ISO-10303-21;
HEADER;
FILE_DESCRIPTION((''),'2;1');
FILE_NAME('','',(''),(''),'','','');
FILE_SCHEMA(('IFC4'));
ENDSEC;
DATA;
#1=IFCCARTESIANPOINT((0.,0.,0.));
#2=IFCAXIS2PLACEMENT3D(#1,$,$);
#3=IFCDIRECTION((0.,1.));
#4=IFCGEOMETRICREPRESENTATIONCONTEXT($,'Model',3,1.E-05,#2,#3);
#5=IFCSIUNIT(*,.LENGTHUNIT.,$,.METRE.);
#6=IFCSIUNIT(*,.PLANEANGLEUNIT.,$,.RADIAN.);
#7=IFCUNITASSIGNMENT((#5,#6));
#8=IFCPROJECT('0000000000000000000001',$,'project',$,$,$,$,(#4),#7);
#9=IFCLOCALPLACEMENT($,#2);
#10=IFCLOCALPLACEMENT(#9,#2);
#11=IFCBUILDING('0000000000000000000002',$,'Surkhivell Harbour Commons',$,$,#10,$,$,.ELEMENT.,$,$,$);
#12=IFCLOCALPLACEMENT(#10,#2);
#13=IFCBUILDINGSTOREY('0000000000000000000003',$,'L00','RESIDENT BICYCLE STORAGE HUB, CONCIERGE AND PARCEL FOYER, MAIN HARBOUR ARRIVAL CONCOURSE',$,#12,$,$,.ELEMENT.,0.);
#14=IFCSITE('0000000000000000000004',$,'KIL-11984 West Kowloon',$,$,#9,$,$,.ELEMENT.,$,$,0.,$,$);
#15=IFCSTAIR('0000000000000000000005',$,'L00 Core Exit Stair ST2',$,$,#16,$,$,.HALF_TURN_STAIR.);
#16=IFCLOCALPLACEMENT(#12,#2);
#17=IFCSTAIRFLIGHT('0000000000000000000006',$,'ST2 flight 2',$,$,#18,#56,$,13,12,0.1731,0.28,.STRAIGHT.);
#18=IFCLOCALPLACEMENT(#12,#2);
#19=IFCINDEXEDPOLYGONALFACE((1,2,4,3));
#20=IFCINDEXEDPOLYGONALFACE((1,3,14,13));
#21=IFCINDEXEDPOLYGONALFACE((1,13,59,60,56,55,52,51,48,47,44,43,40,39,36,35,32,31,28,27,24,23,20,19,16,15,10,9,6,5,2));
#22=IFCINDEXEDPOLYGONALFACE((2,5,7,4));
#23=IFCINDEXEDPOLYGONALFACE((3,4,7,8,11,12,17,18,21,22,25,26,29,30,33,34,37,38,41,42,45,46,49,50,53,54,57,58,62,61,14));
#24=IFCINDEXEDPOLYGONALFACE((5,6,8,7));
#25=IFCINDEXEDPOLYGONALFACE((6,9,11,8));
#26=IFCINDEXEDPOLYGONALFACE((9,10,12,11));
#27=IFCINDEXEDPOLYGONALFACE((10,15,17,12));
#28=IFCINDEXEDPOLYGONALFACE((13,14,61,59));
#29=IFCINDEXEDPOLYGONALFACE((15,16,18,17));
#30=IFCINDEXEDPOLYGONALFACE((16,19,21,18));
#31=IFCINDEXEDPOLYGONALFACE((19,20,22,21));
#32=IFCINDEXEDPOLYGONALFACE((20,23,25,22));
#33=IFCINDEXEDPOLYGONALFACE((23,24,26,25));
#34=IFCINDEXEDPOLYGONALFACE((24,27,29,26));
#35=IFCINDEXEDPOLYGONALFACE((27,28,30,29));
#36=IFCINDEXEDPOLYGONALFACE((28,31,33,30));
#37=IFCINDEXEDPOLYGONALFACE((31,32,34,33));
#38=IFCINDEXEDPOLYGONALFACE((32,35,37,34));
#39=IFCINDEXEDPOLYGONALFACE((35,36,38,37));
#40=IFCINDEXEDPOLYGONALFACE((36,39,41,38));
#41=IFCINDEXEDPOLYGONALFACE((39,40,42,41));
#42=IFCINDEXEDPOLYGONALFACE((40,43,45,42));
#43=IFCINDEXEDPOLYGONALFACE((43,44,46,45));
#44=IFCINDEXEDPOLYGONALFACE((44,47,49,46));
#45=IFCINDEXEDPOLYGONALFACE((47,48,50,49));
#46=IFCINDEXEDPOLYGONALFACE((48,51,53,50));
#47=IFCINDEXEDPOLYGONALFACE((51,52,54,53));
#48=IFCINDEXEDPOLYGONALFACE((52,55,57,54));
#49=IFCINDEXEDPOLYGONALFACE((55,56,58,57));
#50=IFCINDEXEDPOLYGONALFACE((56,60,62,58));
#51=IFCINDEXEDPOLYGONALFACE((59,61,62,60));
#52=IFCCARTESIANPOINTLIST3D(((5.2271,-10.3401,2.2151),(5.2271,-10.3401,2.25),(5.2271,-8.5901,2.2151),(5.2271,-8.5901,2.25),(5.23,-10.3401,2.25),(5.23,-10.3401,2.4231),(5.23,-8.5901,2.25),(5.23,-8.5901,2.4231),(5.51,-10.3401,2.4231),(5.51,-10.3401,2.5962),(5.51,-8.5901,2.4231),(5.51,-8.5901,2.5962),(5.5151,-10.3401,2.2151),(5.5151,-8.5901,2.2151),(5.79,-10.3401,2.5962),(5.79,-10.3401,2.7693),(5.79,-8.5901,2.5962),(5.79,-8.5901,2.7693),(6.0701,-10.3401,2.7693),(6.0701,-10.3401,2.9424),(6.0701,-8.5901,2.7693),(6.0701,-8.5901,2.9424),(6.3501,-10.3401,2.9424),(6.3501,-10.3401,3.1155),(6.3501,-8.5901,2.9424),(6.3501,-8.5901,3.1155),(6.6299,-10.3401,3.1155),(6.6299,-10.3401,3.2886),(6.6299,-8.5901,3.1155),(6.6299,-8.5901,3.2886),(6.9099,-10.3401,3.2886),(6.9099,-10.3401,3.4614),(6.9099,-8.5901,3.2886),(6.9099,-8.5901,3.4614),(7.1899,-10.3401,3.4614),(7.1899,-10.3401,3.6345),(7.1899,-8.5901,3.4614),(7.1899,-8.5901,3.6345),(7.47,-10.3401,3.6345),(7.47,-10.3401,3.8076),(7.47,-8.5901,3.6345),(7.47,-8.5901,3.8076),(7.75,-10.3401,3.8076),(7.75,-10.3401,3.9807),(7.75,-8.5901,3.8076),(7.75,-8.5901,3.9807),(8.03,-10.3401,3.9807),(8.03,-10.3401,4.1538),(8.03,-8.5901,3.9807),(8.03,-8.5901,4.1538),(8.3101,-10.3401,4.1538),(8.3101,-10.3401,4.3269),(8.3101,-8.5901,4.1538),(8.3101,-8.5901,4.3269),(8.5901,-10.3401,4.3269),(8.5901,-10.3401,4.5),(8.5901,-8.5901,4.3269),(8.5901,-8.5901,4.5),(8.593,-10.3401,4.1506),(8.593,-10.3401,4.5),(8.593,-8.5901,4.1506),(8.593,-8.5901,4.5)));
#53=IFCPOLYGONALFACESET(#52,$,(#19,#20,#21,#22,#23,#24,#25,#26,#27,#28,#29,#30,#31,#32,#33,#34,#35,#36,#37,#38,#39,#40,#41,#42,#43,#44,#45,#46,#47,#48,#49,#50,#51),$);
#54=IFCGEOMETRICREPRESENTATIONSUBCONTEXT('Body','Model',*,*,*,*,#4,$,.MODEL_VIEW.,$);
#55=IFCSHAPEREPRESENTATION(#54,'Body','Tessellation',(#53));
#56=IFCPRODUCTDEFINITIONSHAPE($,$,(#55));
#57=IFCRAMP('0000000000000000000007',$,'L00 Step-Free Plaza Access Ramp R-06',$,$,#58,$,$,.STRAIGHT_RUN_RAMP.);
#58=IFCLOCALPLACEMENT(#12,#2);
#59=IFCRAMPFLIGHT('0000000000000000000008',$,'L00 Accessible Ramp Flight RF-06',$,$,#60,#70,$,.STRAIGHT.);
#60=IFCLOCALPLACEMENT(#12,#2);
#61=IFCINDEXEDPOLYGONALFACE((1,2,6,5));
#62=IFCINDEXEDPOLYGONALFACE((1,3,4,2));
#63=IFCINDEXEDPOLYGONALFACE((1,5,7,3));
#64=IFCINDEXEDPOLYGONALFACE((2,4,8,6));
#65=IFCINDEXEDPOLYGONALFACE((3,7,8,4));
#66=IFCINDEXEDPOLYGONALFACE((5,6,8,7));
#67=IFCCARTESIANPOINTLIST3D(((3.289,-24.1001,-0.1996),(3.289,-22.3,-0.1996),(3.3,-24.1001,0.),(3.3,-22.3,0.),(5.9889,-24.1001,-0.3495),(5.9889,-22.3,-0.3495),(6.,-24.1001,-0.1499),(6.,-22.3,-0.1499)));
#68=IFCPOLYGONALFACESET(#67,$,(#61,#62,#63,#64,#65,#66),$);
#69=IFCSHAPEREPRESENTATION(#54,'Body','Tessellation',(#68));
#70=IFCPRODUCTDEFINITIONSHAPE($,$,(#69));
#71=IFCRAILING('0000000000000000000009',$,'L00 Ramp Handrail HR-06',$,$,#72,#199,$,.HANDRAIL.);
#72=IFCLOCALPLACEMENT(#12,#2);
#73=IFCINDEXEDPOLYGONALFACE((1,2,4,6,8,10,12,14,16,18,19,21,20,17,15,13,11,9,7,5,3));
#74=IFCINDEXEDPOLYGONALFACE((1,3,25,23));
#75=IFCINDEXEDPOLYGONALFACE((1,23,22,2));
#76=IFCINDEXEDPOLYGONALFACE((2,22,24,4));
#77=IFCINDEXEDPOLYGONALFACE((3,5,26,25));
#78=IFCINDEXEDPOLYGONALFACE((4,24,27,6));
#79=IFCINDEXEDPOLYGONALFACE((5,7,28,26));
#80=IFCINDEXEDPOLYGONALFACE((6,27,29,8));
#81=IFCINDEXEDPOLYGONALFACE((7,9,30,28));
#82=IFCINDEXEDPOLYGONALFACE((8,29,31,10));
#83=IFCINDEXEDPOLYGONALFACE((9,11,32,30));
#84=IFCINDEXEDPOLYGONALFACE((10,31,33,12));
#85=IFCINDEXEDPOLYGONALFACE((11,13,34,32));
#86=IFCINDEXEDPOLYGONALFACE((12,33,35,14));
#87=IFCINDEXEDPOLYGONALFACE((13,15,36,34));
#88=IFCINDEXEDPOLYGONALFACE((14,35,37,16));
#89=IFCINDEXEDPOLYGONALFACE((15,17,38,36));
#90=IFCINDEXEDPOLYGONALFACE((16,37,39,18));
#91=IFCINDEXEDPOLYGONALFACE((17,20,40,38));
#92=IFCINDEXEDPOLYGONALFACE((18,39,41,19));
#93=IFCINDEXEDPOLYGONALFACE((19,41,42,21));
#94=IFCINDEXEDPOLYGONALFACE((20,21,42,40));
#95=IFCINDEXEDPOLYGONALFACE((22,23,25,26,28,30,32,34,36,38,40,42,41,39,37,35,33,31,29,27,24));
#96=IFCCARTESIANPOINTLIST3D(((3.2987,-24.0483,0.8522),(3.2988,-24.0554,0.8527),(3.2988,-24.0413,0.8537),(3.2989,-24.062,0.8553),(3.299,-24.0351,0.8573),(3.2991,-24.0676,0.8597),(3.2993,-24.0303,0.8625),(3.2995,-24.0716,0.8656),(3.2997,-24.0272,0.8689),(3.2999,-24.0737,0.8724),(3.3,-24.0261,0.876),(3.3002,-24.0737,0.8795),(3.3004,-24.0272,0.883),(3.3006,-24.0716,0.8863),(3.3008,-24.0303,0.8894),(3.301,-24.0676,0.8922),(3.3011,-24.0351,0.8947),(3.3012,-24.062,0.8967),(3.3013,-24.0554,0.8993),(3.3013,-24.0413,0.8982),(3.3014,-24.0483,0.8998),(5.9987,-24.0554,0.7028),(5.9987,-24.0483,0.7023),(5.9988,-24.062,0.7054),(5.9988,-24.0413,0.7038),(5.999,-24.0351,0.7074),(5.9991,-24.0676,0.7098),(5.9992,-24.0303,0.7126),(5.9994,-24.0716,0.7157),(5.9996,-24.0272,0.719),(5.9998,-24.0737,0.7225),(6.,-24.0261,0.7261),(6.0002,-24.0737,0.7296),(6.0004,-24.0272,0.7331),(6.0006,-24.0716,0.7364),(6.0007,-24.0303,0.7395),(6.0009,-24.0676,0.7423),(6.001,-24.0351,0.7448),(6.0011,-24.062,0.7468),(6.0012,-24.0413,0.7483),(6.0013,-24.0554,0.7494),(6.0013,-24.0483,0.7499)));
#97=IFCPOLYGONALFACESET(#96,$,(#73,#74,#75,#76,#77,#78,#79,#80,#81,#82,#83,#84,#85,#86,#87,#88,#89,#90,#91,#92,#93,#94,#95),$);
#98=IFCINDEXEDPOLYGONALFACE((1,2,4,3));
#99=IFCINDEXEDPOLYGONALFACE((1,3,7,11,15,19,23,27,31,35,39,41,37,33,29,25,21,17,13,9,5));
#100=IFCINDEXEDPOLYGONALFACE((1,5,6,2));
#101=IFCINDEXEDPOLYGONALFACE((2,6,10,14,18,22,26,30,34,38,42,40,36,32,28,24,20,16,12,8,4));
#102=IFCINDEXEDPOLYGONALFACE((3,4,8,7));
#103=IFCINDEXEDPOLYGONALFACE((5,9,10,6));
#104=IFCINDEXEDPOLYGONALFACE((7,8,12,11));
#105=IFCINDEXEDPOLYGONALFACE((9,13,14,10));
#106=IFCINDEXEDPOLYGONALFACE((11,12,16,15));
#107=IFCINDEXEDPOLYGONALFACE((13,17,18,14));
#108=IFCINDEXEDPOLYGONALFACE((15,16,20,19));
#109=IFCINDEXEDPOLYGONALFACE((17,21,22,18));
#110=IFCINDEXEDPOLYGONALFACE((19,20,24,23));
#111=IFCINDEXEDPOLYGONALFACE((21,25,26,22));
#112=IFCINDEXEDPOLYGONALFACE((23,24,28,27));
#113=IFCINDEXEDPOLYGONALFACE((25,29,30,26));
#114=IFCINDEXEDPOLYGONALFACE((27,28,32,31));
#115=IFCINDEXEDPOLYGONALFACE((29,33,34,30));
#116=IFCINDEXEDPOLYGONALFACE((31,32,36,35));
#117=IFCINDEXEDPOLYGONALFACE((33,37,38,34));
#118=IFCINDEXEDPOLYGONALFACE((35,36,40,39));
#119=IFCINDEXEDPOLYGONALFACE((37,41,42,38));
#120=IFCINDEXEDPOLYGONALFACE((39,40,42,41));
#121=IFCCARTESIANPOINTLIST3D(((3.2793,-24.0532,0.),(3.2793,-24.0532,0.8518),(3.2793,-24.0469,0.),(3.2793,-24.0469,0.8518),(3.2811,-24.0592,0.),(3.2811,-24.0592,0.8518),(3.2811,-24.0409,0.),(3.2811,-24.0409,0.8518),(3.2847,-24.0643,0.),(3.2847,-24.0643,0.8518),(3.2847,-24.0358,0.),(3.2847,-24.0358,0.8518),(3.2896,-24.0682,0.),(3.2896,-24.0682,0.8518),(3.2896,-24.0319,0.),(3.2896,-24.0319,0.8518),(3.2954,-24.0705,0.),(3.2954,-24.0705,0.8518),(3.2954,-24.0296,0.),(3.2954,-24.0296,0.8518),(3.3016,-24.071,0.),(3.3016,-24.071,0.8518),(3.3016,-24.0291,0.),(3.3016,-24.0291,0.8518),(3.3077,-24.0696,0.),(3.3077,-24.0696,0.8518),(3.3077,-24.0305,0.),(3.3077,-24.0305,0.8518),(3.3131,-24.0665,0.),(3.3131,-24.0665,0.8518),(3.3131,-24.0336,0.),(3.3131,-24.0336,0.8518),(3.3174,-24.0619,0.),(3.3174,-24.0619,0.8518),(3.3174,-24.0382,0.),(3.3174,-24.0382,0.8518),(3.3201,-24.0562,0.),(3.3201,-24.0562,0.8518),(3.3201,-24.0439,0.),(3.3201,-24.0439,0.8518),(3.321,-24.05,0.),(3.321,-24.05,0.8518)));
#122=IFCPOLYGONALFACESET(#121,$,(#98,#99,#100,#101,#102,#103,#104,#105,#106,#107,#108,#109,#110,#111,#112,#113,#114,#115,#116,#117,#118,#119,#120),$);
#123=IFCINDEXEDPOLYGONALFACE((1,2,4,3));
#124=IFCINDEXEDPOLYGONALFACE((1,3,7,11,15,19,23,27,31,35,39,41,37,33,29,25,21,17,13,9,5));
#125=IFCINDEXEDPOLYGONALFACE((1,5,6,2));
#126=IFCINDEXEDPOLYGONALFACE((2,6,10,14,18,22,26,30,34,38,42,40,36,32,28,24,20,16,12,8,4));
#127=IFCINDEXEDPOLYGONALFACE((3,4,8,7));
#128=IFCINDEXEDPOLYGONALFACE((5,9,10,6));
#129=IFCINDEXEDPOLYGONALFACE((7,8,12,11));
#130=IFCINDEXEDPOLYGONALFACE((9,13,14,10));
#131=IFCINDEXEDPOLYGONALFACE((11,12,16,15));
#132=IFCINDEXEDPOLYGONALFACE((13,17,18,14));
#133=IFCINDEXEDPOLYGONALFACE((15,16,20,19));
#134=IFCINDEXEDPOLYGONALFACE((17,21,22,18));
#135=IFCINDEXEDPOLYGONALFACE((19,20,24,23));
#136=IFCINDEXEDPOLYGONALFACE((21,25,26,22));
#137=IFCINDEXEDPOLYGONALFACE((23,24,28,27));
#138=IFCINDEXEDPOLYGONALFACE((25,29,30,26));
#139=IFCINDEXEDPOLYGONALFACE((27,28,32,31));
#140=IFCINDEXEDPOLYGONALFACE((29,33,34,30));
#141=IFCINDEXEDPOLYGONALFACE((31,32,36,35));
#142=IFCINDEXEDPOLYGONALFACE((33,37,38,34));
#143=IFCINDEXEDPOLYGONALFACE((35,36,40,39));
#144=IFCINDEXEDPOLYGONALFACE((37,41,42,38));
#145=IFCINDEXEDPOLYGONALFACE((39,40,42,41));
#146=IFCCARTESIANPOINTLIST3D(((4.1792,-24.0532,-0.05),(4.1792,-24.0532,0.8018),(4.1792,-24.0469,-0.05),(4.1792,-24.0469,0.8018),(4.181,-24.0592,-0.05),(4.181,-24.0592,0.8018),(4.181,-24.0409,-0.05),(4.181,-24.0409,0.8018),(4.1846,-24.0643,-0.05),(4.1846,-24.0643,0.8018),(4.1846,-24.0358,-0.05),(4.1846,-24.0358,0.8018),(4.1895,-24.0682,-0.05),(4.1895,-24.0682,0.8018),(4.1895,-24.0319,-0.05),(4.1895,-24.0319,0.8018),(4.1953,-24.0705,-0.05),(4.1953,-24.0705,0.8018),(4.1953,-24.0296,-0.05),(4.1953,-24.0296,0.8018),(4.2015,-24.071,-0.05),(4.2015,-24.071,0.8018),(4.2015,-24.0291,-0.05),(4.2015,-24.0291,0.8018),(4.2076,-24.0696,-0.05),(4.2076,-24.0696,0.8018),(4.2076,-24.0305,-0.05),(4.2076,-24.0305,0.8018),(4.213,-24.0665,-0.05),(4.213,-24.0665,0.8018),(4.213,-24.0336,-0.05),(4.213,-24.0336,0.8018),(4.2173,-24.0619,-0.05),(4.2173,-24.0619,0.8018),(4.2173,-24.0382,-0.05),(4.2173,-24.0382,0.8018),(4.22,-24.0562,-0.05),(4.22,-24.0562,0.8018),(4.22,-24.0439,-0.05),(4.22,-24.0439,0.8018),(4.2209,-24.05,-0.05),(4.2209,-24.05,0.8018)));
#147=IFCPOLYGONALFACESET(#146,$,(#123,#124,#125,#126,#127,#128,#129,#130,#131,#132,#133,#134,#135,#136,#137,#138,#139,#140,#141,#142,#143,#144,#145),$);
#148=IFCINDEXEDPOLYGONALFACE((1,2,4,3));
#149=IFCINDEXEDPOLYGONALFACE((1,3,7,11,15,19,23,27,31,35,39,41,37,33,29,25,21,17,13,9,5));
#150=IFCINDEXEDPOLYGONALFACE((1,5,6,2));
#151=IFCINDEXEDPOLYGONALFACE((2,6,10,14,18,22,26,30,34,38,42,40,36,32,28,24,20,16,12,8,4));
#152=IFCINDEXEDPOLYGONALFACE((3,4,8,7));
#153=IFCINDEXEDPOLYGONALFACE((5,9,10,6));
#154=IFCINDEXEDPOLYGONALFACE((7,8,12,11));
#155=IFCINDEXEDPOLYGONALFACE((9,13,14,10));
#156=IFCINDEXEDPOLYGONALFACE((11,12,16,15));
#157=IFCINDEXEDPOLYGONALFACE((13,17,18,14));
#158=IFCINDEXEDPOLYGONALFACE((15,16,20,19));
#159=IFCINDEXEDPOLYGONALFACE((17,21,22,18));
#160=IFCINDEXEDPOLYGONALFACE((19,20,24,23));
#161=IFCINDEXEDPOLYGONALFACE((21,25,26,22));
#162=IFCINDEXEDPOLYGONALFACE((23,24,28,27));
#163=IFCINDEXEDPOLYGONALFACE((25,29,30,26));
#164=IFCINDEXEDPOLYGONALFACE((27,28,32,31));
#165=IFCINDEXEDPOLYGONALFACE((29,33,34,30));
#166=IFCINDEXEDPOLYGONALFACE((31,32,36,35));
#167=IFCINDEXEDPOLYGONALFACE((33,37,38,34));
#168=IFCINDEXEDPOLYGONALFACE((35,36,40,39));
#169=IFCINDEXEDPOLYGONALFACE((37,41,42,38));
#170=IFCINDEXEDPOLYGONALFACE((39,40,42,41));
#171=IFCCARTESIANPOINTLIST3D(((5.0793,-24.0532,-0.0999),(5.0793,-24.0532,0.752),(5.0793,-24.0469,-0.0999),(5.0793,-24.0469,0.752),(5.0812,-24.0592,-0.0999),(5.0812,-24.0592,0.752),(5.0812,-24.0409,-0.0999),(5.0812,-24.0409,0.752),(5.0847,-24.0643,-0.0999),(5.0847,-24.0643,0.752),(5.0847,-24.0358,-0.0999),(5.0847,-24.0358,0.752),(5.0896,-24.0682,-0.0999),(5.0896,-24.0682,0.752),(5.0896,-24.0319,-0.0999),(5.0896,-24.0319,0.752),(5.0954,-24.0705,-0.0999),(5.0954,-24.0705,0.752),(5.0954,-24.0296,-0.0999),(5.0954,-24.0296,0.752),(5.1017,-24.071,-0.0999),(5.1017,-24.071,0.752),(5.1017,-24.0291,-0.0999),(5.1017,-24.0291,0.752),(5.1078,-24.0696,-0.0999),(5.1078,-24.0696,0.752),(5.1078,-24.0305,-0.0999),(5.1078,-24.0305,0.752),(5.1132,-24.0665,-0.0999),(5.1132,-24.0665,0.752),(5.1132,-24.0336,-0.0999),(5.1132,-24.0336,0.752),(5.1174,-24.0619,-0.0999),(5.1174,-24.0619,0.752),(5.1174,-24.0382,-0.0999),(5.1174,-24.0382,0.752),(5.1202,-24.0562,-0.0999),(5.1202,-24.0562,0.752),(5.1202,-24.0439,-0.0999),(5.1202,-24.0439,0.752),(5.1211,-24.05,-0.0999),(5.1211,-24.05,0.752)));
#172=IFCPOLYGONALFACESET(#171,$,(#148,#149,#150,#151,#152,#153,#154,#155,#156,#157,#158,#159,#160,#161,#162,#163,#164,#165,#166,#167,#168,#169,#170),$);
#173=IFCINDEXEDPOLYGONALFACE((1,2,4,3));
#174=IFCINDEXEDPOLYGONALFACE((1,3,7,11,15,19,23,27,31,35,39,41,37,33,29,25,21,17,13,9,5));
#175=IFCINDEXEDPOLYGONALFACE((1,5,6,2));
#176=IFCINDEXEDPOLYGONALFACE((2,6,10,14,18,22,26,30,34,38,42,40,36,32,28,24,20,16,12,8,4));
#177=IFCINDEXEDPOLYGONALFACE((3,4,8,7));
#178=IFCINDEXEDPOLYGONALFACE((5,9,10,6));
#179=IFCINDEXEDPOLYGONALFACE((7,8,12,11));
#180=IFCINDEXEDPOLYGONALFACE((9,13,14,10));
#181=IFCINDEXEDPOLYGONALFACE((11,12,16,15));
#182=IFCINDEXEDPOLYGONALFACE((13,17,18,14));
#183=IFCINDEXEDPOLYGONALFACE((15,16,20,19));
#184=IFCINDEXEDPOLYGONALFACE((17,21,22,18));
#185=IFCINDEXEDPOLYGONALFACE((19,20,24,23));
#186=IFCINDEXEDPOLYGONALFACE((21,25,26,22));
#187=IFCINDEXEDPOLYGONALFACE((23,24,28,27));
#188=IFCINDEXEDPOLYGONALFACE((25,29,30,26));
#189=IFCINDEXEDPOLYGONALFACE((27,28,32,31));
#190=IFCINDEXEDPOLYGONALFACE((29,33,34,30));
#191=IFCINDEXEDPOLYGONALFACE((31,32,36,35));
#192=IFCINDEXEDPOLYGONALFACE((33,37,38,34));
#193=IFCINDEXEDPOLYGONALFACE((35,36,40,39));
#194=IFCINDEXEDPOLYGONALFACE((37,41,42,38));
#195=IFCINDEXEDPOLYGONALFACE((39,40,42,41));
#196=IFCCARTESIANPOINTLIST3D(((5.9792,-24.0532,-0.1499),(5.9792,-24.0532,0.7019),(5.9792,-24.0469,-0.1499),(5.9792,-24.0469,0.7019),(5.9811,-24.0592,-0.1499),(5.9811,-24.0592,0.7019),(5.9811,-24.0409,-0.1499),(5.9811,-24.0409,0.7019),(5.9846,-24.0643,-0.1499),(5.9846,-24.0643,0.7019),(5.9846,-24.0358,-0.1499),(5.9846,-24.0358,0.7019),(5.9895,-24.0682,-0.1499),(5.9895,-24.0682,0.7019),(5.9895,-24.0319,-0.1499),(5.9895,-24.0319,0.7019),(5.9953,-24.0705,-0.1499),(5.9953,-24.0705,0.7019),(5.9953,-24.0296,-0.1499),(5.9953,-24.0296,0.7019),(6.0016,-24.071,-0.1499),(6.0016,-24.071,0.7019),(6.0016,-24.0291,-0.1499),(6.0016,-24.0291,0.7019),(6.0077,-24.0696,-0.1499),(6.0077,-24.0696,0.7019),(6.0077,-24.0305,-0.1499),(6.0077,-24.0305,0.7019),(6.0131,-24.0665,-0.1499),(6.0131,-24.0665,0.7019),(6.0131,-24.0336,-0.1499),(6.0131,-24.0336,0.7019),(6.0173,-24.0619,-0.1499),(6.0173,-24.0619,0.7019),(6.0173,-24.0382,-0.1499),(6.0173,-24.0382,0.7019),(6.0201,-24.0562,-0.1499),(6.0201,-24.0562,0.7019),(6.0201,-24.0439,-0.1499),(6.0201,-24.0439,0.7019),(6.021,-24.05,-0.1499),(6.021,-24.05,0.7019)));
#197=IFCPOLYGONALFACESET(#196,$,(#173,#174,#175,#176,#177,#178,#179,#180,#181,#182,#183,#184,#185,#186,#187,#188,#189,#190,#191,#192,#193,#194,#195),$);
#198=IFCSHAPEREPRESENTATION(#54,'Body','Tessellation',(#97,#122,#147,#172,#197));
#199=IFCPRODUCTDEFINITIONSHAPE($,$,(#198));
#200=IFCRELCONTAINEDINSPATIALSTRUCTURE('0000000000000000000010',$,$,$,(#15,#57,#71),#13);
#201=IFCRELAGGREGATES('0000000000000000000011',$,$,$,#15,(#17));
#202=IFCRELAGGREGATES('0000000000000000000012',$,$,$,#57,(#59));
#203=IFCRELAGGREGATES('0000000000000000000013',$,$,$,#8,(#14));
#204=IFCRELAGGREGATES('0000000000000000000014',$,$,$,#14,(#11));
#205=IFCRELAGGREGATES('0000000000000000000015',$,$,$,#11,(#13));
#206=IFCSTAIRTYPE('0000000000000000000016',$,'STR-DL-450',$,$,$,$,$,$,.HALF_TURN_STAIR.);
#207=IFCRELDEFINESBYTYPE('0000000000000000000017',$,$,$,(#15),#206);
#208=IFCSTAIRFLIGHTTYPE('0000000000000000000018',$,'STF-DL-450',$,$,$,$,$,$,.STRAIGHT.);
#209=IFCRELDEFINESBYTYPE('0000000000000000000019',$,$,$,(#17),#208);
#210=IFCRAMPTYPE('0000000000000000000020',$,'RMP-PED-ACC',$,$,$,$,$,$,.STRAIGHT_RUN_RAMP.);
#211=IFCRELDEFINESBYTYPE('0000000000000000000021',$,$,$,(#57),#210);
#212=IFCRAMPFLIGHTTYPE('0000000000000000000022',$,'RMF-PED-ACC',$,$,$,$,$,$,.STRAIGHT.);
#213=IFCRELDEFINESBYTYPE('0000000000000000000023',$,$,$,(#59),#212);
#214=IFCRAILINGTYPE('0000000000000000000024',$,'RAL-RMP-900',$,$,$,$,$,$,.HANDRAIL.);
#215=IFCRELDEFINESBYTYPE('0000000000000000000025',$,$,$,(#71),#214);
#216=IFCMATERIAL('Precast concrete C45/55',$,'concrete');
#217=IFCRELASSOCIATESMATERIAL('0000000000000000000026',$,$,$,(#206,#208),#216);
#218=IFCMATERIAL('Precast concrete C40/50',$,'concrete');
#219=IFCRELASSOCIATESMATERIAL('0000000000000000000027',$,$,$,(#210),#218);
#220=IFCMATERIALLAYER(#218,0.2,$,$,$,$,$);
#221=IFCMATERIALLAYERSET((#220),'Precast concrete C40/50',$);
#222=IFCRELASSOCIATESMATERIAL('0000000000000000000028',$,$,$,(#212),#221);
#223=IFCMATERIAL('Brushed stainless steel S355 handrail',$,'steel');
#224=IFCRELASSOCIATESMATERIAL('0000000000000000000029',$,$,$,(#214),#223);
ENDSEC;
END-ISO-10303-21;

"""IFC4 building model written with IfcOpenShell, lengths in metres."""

from ifc_helpers import new_model, si_unit, direction, frame, origin, origin_2d, place, context, subcontext, project, spatial, polyline, circle, outline, extrude, material, layer, layer_set, type_object, element, aggregate, save


model = new_model("IFC4")

# Units and contexts
model_context = context("Model", 3, precision=1e-05, world=origin(), true_north=direction((0.0, 1.0)))
body_context = subcontext(model_context, "Body", "Model", "MODEL_VIEW")
ifc_project = project(units=[si_unit("LENGTHUNIT", "METRE"), si_unit("PLANEANGLEUNIT", "RADIAN")], contexts=[model_context])

# Site, building, storey
site_placement = place(None, origin())
site = spatial("IfcSite", under=ifc_project, at=site_placement, Name="KIL-11984 West Kowloon", CompositionType="ELEMENT", RefElevation=0.0)
building_placement = place(site_placement, origin())
building = spatial("IfcBuilding", under=site, at=building_placement, Name="Surkhivell Harbour Commons", CompositionType="ELEMENT")
storey_placement = place(building_placement, origin())
storey = spatial("IfcBuildingStorey", under=building, at=storey_placement, Name="L00", Description="RESIDENT BICYCLE STORAGE HUB, CONCIERGE AND PARCEL FOYER, MAIN HARBOUR ARRIVAL CONCOURSE", CompositionType="ELEMENT", Elevation=0.0)

# Stair, stair flight
ifc_material_1 = material(Name="Precast concrete C45/55", Category="concrete")
stair_type = type_object("IfcStairType", Name="STR-DL-450", PredefinedType="HALF_TURN_STAIR", material=ifc_material_1)
stair_placement = place(storey_placement, origin())
stair = element("IfcStair", 1, at=stair_placement, inside=storey, type_object=stair_type, Name="L00 Core Exit Stair ST2", PredefinedType="HALF_TURN_STAIR")
stair_flight_type = type_object("IfcStairFlightType", Name="STF-DL-450", PredefinedType="STRAIGHT", material=ifc_material_1)
stair_flight_placement = place(storey_placement, frame((5.23, -9.4651, 2.25), z_axis=(0.0, 0.0, 1.0), x_axis=(1.0, 0.0, 0.0)))
stair_flight = element("IfcStairFlight", 2, at=stair_flight_placement, type_object=stair_flight_type, Name="ST2 flight 2", NumberOfRisers=13, NumberOfTreads=12, PredefinedType="STRAIGHT", RiserHeight=0.1731, TreadLength=0.28, context=body_context, shape_type="SweptSolid", body=[
    extrude(outline(polyline([(-0.0029, -0.0349), (-0.0029, 0.0), (0.0, 0.0), (0.0, 0.1731), (0.28, 0.1731), (0.28, 0.3462), (0.5601, 0.3462), (0.5601, 0.5193), (0.8401, 0.5193), (0.8401, 0.6924), (1.1201, 0.6924), (1.1201, 0.8655), (1.3999, 0.8655), (1.3999, 1.0386), (1.6799, 1.0386), (1.6799, 1.2114), (1.96, 1.2114), (1.96, 1.3845), (2.24, 1.3845), (2.24, 1.5576), (2.52, 1.5576), (2.52, 1.7307), (2.8, 1.7307), (2.8, 1.9038), (3.0801, 1.9038), (3.0801, 2.0769), (3.3601, 2.0769), (3.3601, 2.25), (3.363, 2.25), (3.363, 1.9006), (0.2852, -0.0349), (-0.0029, -0.0349)])), frame((0.0, 0.875, 0.0), z_axis=(0.0, -1.0, 0.0), x_axis=(1.0, 0.0, 0.0)), (0.0, 0.0, 1.0), 1.75),
])
aggregate(stair, [stair_flight])

# Ramp, ramp flight
ifc_material_2 = material(Name="Precast concrete C40/50", Category="concrete")
ramp_type = type_object("IfcRampType", Name="RMP-PED-ACC", PredefinedType="STRAIGHT_RUN_RAMP", material=ifc_material_2)
ramp_placement = place(storey_placement, origin())
ramp = element("IfcRamp", 3, at=ramp_placement, inside=storey, type_object=ramp_type, Name="L00 Step-Free Plaza Access Ramp R-06", PredefinedType="STRAIGHT_RUN_RAMP")
ifc_layer_1 = layer(ifc_material_2, 0.2)
ifc_layer_set_1 = layer_set([ifc_layer_1], Name="Precast concrete C40/50")
ramp_flight_type = type_object("IfcRampFlightType", Name="RMF-PED-ACC", PredefinedType="STRAIGHT", material=ifc_layer_set_1)
ramp_flight_placement = place(storey_placement, frame((3.3, -24.1001, 0.0), z_axis=(0.055435, 0.0, 0.998462), x_axis=(0.998462, 0.0, -0.055435)))
ramp_flight = element("IfcRampFlight", 4, at=ramp_flight_placement, type_object=ramp_flight_type, Name="L00 Accessible Ramp Flight RF-06", PredefinedType="STRAIGHT", context=body_context, shape_type="SweptSolid", body=[
    extrude(outline(polyline([(0.0, 0.0), (2.7041, 0.0), (2.7041, 1.8), (0.0, 1.8), (0.0, 0.0)])), origin(), (0.0, 0.0, -1.0), 0.2),
])
aggregate(ramp, [ramp_flight])

# Railing
ifc_material_3 = material(Name="Brushed stainless steel S355 handrail", Category="steel")
railing_type_1 = type_object("IfcRailingType", Name="RAL-RMP-900", PredefinedType="HANDRAIL", material=ifc_material_3)
railing_1_placement = place(storey_placement, frame((3.3, -24.05, 0.0)))
element("IfcRailing", 5, at=railing_1_placement, inside=storey, type_object=railing_type_1, Name="L00 Ramp Handrail HR-06", PredefinedType="HANDRAIL", context=body_context, shape_type="SweptSolid", body=[
    extrude(circle(Radius=0.0239, at=origin_2d()), frame((0.0, 0.0, 0.876), z_axis=(0.998462, 0.0, -0.055435), x_axis=(0.0, 1.0, 0.0)), (0.0, 0.0, 1.0), 2.7041),
    extrude(circle(Radius=0.021, at=origin_2d()), origin(), (0.0, 0.0, 1.0), 0.8518),
    extrude(circle(Radius=0.021, at=origin_2d()), frame((0.8999, 0.0, -0.05)), (0.0, 0.0, 1.0), 0.8518),
    extrude(circle(Radius=0.021, at=origin_2d()), frame((1.8, 0.0, -0.0999)), (0.0, 0.0, 1.0), 0.8518),
    extrude(circle(Radius=0.021, at=origin_2d()), frame((2.7, 0.0, -0.1499)), (0.0, 0.0, 1.0), 0.8518),
])

save(model, "model.ifc")
